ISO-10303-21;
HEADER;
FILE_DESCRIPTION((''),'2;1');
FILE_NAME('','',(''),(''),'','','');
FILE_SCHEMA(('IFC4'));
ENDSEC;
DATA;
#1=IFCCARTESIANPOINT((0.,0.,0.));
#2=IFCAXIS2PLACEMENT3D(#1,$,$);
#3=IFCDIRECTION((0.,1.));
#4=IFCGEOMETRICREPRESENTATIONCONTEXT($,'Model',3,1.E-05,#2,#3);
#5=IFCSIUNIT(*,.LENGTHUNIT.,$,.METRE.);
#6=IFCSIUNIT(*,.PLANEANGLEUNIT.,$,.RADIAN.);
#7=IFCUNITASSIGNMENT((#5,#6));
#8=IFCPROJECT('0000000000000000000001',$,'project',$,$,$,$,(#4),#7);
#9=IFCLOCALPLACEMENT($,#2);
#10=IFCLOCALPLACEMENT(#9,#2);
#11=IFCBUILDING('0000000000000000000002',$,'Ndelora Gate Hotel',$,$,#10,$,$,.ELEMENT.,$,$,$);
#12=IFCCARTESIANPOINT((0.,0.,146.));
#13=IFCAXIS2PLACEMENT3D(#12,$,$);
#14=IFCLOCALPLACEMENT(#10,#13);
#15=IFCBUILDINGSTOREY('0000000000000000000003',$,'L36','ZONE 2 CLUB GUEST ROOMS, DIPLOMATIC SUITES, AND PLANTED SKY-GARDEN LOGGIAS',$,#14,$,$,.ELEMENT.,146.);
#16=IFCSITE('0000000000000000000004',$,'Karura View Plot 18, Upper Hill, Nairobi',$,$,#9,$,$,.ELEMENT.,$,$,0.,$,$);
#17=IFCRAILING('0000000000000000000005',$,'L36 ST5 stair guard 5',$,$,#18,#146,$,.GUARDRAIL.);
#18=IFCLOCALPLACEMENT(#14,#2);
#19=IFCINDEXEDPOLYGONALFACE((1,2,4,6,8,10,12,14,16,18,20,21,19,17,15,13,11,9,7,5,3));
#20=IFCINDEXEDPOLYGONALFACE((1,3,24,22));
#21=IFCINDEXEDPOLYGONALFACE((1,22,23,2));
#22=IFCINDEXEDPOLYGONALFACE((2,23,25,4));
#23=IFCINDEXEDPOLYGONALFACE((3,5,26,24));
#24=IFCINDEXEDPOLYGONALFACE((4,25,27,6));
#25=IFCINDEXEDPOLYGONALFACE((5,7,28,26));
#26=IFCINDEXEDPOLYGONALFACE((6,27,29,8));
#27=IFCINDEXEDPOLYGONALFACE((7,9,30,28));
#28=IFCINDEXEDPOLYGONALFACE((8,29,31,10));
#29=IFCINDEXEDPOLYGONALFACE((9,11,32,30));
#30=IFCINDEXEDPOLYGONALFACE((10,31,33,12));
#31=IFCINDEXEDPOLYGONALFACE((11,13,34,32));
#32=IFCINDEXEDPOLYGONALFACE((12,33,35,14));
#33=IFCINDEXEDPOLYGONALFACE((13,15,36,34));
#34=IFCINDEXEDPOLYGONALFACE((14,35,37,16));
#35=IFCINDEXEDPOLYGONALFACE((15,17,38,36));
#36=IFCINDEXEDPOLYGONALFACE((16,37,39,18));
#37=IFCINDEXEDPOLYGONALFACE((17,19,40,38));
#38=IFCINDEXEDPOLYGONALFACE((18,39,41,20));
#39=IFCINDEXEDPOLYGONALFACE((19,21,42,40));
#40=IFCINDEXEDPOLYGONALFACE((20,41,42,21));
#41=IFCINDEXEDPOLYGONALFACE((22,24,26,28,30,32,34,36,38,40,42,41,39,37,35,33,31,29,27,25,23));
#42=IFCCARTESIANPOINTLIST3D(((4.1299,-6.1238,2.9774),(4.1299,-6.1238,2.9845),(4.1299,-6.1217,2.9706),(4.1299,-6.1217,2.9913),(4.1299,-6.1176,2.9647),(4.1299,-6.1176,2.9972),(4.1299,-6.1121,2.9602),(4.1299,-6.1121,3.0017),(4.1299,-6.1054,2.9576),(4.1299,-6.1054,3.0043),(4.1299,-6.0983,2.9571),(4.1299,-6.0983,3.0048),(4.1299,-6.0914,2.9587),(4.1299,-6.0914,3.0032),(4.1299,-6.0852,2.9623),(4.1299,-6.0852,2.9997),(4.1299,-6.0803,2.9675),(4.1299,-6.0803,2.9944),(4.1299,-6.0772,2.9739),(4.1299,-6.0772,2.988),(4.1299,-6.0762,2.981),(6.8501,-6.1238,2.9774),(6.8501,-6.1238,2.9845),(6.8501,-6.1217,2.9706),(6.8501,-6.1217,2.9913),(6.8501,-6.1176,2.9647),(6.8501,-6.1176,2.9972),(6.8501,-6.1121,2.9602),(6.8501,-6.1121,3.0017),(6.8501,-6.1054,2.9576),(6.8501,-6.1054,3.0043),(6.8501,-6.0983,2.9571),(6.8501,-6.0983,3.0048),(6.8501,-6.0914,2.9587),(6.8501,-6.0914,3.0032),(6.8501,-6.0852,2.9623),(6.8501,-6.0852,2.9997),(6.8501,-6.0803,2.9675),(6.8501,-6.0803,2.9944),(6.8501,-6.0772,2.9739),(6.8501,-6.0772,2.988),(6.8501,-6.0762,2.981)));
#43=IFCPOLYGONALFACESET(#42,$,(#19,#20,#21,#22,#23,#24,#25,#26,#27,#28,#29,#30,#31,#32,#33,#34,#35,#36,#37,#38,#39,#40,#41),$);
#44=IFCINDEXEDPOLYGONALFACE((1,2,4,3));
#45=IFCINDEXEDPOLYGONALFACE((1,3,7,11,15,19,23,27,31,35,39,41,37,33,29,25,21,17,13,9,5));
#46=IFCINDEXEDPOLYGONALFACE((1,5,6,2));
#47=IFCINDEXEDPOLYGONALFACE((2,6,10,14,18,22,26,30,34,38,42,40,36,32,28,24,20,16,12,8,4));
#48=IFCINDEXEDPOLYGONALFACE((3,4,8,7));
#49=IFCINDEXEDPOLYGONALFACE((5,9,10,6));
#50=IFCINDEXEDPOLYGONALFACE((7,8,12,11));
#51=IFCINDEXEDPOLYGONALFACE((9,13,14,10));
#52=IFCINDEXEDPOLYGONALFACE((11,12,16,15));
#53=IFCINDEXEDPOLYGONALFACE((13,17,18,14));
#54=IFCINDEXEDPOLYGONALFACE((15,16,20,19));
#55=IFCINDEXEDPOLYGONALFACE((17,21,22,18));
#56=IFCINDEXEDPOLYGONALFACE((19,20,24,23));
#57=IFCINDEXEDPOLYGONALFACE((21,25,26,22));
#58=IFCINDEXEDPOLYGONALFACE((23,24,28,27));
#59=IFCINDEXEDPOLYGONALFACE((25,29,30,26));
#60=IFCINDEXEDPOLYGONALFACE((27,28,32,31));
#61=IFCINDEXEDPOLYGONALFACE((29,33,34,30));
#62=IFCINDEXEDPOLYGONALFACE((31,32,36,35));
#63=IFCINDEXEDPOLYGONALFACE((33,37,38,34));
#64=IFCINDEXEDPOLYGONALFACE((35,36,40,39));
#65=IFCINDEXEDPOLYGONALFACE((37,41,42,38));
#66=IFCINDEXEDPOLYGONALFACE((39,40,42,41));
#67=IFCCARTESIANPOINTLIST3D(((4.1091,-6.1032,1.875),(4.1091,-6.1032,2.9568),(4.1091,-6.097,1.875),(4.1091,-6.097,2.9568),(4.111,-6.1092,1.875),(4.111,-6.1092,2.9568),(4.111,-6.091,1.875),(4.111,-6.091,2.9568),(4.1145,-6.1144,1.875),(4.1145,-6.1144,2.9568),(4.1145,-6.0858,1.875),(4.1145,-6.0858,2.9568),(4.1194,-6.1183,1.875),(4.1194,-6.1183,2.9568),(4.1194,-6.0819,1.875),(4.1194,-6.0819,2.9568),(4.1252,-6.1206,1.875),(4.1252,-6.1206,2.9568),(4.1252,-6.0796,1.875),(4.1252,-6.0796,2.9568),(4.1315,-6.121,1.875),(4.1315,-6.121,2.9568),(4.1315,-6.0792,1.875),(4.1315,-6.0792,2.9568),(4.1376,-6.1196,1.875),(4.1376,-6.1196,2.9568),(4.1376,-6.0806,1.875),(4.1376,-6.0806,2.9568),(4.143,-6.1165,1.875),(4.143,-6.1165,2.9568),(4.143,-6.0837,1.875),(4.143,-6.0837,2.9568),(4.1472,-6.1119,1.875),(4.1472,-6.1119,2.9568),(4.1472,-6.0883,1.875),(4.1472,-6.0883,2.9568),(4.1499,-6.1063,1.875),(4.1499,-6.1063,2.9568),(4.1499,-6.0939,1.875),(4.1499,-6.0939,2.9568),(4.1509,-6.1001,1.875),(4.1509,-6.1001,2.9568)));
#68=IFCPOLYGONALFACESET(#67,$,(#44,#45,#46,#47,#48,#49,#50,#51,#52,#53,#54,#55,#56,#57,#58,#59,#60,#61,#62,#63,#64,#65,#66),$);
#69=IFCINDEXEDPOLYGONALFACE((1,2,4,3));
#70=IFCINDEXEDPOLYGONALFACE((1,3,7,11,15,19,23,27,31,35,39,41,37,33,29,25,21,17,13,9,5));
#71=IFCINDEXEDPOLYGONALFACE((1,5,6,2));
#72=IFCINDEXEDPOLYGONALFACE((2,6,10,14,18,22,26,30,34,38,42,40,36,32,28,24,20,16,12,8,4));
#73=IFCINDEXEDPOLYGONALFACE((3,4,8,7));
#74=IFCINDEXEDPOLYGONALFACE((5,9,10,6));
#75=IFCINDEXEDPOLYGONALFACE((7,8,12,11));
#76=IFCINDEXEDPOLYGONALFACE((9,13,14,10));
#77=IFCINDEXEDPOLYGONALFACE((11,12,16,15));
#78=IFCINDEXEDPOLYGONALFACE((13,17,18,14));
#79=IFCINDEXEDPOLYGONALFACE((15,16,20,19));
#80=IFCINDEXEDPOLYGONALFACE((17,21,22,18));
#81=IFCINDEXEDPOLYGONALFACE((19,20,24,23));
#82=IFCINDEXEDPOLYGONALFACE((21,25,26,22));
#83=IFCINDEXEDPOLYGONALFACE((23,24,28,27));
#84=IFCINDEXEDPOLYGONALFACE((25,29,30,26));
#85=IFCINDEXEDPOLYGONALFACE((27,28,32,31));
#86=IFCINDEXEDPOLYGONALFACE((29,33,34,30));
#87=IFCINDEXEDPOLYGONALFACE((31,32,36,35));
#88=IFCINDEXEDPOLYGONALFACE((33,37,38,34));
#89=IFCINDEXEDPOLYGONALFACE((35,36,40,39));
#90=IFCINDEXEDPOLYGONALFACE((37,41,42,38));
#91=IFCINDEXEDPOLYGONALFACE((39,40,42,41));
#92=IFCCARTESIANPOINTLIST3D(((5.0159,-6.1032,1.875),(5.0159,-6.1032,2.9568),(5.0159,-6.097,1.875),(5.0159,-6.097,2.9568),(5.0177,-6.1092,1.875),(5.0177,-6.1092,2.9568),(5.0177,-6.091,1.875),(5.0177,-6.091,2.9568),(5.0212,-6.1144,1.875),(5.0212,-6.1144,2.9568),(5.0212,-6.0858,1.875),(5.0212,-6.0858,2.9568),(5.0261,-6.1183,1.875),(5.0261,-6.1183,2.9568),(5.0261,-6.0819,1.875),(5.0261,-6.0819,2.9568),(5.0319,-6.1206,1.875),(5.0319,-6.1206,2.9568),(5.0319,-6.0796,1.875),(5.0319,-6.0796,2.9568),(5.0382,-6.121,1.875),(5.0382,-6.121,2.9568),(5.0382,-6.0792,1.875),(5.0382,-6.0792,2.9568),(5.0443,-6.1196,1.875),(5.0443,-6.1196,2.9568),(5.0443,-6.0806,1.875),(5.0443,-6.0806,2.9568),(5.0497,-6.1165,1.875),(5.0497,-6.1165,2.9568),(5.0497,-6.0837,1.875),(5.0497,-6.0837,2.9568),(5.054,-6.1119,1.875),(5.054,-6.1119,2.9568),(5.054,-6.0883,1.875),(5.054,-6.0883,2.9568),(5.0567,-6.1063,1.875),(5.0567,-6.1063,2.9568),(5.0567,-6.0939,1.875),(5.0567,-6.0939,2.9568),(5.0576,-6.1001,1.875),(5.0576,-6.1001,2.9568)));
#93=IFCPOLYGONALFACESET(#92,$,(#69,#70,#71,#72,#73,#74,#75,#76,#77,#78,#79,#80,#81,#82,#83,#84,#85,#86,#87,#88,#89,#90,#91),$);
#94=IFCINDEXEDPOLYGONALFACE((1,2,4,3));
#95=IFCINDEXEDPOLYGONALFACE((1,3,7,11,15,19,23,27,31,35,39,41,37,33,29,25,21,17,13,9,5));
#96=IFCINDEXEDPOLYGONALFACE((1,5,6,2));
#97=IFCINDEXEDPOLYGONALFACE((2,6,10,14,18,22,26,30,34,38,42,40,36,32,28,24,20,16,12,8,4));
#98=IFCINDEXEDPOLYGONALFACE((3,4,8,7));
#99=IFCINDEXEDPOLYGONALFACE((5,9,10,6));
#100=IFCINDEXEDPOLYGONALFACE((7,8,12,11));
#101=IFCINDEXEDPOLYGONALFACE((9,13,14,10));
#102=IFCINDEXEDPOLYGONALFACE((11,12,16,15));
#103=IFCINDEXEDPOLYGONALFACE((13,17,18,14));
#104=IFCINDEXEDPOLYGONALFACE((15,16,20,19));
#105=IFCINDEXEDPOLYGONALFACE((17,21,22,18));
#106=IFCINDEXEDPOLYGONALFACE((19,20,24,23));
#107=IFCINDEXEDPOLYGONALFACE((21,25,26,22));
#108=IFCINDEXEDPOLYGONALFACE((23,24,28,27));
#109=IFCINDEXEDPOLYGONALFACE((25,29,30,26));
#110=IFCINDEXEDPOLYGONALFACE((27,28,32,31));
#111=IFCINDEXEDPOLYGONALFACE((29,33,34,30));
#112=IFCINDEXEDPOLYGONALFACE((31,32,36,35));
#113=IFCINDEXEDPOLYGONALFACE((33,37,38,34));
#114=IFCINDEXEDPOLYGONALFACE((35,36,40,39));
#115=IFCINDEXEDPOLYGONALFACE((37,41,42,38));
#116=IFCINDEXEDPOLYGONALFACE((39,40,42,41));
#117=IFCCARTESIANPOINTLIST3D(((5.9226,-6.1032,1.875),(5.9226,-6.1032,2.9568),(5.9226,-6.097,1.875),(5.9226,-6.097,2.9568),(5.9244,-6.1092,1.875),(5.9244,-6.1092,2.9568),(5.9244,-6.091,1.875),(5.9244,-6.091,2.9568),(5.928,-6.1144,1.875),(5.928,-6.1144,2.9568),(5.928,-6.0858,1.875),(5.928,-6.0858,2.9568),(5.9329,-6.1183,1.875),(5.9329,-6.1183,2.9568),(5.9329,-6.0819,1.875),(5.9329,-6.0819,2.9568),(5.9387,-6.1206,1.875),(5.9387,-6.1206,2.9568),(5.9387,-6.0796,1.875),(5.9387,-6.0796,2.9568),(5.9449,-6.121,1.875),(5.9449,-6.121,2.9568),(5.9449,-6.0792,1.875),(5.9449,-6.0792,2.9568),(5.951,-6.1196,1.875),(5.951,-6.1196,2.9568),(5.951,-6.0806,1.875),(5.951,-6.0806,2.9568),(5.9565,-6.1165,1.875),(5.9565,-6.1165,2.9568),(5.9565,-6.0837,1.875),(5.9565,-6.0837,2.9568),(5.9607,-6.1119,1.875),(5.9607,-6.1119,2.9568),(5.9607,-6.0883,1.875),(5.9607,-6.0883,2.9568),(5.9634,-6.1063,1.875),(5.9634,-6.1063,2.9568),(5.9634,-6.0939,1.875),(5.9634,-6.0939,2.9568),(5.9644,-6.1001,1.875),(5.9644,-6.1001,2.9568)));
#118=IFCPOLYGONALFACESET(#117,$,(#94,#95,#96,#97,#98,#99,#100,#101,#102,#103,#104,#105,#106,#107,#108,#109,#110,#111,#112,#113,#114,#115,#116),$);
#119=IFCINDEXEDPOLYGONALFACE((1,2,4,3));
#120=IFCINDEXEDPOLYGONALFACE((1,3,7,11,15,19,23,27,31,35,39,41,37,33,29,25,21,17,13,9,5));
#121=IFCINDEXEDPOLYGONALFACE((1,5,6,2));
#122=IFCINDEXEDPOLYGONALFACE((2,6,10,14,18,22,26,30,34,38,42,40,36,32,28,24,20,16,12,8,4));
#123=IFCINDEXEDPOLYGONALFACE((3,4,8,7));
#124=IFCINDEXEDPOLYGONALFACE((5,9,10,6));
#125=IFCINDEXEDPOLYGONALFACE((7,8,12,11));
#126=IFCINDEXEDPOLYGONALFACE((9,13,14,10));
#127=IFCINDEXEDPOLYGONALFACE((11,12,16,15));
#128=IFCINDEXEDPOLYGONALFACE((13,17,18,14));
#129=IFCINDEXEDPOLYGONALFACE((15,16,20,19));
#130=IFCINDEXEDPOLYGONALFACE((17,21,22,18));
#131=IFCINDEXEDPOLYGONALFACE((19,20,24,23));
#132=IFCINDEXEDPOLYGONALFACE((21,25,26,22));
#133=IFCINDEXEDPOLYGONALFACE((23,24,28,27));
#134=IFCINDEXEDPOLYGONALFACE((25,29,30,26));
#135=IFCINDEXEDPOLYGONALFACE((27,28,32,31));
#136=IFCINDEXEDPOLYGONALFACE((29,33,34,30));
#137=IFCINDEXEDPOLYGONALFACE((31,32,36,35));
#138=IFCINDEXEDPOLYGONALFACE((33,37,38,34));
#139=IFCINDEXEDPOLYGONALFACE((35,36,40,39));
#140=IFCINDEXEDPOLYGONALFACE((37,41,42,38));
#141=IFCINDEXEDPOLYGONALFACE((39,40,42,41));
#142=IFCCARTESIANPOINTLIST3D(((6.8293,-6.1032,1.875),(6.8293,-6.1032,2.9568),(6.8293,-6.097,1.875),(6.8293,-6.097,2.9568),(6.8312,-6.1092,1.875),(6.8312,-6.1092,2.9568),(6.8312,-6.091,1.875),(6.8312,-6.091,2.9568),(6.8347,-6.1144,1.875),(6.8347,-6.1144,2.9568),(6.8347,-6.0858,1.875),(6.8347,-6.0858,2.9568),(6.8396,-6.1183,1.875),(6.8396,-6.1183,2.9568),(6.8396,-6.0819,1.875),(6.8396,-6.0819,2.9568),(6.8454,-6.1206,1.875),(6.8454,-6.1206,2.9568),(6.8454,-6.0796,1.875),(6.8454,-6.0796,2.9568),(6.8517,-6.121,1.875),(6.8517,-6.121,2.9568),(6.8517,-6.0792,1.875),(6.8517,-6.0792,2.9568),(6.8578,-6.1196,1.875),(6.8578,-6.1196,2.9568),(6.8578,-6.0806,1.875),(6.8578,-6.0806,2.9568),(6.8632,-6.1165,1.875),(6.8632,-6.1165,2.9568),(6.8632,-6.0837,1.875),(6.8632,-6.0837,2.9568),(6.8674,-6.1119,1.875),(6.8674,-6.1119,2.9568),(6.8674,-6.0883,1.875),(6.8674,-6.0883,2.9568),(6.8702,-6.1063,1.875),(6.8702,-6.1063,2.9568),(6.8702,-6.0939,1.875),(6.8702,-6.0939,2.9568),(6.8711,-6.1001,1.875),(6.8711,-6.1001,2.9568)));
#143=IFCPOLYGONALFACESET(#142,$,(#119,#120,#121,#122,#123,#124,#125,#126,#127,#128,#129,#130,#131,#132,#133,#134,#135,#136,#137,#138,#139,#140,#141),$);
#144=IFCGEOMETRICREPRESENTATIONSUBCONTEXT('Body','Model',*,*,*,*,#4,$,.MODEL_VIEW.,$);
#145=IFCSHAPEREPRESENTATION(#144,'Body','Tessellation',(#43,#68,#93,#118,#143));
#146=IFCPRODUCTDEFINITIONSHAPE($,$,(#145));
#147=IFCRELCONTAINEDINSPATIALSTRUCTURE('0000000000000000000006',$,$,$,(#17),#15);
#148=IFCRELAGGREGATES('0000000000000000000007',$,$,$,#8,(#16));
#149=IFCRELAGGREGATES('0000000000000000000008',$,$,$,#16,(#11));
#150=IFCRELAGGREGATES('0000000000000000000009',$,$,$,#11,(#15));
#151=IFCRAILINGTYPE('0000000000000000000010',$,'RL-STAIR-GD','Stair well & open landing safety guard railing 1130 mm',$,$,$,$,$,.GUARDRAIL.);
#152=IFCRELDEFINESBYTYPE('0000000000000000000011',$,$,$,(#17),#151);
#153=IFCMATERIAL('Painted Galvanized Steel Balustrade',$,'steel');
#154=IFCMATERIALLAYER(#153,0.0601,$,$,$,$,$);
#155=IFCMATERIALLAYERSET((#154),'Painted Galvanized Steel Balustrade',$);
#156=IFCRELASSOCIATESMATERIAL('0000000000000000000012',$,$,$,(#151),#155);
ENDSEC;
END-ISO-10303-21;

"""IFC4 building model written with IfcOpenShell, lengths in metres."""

from ifc_helpers import new_model, si_unit, direction, frame, origin, origin_2d, place, context, subcontext, project, spatial, circle, extrude, material, layer, layer_set, type_object, element, save


model = new_model("IFC4")

# Units and contexts
model_context = context("Model", 3, precision=1e-05, world=origin(), true_north=direction((0.0, 1.0)))
body_context = subcontext(model_context, "Body", "Model", "MODEL_VIEW")
ifc_project = project(units=[si_unit("LENGTHUNIT", "METRE"), si_unit("PLANEANGLEUNIT", "RADIAN")], contexts=[model_context])

# Site, building, storey
site_placement = place(None, origin())
site = spatial("IfcSite", under=ifc_project, at=site_placement, Name="Karura View Plot 18, Upper Hill, Nairobi", CompositionType="ELEMENT", RefElevation=0.0)
building_placement = place(site_placement, origin())
building = spatial("IfcBuilding", under=site, at=building_placement, Name="Ndelora Gate Hotel", CompositionType="ELEMENT")
storey_placement = place(building_placement, frame((0.0, 0.0, 146.0)))
storey = spatial("IfcBuildingStorey", under=building, at=storey_placement, Name="L36", Description="ZONE 2 CLUB GUEST ROOMS, DIPLOMATIC SUITES, AND PLANTED SKY-GARDEN LOGGIAS", CompositionType="ELEMENT", Elevation=146.0)

# Railing
ifc_material_1 = material(Name="Painted Galvanized Steel Balustrade", Category="steel")
ifc_layer_1 = layer(ifc_material_1, 0.0601)
ifc_layer_set_1 = layer_set([ifc_layer_1], Name="Painted Galvanized Steel Balustrade")
railing_type_1 = type_object("IfcRailingType", Name="RL-STAIR-GD", Description="Stair well & open landing safety guard railing 1130 mm", PredefinedType="GUARDRAIL", material=ifc_layer_set_1)
railing_1_placement = place(storey_placement, frame((4.1299, -6.1001, 1.875)))
element("IfcRailing", 1, at=railing_1_placement, inside=storey, type_object=railing_type_1, Name="L36 ST5 stair guard 5", PredefinedType="GUARDRAIL", context=body_context, shape_type="SweptSolid", body=[
    extrude(circle(Radius=0.0239, at=origin_2d()), frame((0.0, 0.0, 1.106), z_axis=(1.0, 0.0, 0.0), x_axis=(0.0, 1.0, 0.0)), (0.0, 0.0, 1.0), 2.7202),
    extrude(circle(Radius=0.021, at=origin_2d()), origin(), (0.0, 0.0, 1.0), 1.0818),
    extrude(circle(Radius=0.021, at=origin_2d()), frame((0.9067, 0.0, 0.0)), (0.0, 0.0, 1.0), 1.0818),
    extrude(circle(Radius=0.021, at=origin_2d()), frame((1.8135, 0.0, 0.0)), (0.0, 0.0, 1.0), 1.0818),
    extrude(circle(Radius=0.021, at=origin_2d()), frame((2.7202, 0.0, 0.0)), (0.0, 0.0, 1.0), 1.0818),
])

save(model, "model.ifc")
